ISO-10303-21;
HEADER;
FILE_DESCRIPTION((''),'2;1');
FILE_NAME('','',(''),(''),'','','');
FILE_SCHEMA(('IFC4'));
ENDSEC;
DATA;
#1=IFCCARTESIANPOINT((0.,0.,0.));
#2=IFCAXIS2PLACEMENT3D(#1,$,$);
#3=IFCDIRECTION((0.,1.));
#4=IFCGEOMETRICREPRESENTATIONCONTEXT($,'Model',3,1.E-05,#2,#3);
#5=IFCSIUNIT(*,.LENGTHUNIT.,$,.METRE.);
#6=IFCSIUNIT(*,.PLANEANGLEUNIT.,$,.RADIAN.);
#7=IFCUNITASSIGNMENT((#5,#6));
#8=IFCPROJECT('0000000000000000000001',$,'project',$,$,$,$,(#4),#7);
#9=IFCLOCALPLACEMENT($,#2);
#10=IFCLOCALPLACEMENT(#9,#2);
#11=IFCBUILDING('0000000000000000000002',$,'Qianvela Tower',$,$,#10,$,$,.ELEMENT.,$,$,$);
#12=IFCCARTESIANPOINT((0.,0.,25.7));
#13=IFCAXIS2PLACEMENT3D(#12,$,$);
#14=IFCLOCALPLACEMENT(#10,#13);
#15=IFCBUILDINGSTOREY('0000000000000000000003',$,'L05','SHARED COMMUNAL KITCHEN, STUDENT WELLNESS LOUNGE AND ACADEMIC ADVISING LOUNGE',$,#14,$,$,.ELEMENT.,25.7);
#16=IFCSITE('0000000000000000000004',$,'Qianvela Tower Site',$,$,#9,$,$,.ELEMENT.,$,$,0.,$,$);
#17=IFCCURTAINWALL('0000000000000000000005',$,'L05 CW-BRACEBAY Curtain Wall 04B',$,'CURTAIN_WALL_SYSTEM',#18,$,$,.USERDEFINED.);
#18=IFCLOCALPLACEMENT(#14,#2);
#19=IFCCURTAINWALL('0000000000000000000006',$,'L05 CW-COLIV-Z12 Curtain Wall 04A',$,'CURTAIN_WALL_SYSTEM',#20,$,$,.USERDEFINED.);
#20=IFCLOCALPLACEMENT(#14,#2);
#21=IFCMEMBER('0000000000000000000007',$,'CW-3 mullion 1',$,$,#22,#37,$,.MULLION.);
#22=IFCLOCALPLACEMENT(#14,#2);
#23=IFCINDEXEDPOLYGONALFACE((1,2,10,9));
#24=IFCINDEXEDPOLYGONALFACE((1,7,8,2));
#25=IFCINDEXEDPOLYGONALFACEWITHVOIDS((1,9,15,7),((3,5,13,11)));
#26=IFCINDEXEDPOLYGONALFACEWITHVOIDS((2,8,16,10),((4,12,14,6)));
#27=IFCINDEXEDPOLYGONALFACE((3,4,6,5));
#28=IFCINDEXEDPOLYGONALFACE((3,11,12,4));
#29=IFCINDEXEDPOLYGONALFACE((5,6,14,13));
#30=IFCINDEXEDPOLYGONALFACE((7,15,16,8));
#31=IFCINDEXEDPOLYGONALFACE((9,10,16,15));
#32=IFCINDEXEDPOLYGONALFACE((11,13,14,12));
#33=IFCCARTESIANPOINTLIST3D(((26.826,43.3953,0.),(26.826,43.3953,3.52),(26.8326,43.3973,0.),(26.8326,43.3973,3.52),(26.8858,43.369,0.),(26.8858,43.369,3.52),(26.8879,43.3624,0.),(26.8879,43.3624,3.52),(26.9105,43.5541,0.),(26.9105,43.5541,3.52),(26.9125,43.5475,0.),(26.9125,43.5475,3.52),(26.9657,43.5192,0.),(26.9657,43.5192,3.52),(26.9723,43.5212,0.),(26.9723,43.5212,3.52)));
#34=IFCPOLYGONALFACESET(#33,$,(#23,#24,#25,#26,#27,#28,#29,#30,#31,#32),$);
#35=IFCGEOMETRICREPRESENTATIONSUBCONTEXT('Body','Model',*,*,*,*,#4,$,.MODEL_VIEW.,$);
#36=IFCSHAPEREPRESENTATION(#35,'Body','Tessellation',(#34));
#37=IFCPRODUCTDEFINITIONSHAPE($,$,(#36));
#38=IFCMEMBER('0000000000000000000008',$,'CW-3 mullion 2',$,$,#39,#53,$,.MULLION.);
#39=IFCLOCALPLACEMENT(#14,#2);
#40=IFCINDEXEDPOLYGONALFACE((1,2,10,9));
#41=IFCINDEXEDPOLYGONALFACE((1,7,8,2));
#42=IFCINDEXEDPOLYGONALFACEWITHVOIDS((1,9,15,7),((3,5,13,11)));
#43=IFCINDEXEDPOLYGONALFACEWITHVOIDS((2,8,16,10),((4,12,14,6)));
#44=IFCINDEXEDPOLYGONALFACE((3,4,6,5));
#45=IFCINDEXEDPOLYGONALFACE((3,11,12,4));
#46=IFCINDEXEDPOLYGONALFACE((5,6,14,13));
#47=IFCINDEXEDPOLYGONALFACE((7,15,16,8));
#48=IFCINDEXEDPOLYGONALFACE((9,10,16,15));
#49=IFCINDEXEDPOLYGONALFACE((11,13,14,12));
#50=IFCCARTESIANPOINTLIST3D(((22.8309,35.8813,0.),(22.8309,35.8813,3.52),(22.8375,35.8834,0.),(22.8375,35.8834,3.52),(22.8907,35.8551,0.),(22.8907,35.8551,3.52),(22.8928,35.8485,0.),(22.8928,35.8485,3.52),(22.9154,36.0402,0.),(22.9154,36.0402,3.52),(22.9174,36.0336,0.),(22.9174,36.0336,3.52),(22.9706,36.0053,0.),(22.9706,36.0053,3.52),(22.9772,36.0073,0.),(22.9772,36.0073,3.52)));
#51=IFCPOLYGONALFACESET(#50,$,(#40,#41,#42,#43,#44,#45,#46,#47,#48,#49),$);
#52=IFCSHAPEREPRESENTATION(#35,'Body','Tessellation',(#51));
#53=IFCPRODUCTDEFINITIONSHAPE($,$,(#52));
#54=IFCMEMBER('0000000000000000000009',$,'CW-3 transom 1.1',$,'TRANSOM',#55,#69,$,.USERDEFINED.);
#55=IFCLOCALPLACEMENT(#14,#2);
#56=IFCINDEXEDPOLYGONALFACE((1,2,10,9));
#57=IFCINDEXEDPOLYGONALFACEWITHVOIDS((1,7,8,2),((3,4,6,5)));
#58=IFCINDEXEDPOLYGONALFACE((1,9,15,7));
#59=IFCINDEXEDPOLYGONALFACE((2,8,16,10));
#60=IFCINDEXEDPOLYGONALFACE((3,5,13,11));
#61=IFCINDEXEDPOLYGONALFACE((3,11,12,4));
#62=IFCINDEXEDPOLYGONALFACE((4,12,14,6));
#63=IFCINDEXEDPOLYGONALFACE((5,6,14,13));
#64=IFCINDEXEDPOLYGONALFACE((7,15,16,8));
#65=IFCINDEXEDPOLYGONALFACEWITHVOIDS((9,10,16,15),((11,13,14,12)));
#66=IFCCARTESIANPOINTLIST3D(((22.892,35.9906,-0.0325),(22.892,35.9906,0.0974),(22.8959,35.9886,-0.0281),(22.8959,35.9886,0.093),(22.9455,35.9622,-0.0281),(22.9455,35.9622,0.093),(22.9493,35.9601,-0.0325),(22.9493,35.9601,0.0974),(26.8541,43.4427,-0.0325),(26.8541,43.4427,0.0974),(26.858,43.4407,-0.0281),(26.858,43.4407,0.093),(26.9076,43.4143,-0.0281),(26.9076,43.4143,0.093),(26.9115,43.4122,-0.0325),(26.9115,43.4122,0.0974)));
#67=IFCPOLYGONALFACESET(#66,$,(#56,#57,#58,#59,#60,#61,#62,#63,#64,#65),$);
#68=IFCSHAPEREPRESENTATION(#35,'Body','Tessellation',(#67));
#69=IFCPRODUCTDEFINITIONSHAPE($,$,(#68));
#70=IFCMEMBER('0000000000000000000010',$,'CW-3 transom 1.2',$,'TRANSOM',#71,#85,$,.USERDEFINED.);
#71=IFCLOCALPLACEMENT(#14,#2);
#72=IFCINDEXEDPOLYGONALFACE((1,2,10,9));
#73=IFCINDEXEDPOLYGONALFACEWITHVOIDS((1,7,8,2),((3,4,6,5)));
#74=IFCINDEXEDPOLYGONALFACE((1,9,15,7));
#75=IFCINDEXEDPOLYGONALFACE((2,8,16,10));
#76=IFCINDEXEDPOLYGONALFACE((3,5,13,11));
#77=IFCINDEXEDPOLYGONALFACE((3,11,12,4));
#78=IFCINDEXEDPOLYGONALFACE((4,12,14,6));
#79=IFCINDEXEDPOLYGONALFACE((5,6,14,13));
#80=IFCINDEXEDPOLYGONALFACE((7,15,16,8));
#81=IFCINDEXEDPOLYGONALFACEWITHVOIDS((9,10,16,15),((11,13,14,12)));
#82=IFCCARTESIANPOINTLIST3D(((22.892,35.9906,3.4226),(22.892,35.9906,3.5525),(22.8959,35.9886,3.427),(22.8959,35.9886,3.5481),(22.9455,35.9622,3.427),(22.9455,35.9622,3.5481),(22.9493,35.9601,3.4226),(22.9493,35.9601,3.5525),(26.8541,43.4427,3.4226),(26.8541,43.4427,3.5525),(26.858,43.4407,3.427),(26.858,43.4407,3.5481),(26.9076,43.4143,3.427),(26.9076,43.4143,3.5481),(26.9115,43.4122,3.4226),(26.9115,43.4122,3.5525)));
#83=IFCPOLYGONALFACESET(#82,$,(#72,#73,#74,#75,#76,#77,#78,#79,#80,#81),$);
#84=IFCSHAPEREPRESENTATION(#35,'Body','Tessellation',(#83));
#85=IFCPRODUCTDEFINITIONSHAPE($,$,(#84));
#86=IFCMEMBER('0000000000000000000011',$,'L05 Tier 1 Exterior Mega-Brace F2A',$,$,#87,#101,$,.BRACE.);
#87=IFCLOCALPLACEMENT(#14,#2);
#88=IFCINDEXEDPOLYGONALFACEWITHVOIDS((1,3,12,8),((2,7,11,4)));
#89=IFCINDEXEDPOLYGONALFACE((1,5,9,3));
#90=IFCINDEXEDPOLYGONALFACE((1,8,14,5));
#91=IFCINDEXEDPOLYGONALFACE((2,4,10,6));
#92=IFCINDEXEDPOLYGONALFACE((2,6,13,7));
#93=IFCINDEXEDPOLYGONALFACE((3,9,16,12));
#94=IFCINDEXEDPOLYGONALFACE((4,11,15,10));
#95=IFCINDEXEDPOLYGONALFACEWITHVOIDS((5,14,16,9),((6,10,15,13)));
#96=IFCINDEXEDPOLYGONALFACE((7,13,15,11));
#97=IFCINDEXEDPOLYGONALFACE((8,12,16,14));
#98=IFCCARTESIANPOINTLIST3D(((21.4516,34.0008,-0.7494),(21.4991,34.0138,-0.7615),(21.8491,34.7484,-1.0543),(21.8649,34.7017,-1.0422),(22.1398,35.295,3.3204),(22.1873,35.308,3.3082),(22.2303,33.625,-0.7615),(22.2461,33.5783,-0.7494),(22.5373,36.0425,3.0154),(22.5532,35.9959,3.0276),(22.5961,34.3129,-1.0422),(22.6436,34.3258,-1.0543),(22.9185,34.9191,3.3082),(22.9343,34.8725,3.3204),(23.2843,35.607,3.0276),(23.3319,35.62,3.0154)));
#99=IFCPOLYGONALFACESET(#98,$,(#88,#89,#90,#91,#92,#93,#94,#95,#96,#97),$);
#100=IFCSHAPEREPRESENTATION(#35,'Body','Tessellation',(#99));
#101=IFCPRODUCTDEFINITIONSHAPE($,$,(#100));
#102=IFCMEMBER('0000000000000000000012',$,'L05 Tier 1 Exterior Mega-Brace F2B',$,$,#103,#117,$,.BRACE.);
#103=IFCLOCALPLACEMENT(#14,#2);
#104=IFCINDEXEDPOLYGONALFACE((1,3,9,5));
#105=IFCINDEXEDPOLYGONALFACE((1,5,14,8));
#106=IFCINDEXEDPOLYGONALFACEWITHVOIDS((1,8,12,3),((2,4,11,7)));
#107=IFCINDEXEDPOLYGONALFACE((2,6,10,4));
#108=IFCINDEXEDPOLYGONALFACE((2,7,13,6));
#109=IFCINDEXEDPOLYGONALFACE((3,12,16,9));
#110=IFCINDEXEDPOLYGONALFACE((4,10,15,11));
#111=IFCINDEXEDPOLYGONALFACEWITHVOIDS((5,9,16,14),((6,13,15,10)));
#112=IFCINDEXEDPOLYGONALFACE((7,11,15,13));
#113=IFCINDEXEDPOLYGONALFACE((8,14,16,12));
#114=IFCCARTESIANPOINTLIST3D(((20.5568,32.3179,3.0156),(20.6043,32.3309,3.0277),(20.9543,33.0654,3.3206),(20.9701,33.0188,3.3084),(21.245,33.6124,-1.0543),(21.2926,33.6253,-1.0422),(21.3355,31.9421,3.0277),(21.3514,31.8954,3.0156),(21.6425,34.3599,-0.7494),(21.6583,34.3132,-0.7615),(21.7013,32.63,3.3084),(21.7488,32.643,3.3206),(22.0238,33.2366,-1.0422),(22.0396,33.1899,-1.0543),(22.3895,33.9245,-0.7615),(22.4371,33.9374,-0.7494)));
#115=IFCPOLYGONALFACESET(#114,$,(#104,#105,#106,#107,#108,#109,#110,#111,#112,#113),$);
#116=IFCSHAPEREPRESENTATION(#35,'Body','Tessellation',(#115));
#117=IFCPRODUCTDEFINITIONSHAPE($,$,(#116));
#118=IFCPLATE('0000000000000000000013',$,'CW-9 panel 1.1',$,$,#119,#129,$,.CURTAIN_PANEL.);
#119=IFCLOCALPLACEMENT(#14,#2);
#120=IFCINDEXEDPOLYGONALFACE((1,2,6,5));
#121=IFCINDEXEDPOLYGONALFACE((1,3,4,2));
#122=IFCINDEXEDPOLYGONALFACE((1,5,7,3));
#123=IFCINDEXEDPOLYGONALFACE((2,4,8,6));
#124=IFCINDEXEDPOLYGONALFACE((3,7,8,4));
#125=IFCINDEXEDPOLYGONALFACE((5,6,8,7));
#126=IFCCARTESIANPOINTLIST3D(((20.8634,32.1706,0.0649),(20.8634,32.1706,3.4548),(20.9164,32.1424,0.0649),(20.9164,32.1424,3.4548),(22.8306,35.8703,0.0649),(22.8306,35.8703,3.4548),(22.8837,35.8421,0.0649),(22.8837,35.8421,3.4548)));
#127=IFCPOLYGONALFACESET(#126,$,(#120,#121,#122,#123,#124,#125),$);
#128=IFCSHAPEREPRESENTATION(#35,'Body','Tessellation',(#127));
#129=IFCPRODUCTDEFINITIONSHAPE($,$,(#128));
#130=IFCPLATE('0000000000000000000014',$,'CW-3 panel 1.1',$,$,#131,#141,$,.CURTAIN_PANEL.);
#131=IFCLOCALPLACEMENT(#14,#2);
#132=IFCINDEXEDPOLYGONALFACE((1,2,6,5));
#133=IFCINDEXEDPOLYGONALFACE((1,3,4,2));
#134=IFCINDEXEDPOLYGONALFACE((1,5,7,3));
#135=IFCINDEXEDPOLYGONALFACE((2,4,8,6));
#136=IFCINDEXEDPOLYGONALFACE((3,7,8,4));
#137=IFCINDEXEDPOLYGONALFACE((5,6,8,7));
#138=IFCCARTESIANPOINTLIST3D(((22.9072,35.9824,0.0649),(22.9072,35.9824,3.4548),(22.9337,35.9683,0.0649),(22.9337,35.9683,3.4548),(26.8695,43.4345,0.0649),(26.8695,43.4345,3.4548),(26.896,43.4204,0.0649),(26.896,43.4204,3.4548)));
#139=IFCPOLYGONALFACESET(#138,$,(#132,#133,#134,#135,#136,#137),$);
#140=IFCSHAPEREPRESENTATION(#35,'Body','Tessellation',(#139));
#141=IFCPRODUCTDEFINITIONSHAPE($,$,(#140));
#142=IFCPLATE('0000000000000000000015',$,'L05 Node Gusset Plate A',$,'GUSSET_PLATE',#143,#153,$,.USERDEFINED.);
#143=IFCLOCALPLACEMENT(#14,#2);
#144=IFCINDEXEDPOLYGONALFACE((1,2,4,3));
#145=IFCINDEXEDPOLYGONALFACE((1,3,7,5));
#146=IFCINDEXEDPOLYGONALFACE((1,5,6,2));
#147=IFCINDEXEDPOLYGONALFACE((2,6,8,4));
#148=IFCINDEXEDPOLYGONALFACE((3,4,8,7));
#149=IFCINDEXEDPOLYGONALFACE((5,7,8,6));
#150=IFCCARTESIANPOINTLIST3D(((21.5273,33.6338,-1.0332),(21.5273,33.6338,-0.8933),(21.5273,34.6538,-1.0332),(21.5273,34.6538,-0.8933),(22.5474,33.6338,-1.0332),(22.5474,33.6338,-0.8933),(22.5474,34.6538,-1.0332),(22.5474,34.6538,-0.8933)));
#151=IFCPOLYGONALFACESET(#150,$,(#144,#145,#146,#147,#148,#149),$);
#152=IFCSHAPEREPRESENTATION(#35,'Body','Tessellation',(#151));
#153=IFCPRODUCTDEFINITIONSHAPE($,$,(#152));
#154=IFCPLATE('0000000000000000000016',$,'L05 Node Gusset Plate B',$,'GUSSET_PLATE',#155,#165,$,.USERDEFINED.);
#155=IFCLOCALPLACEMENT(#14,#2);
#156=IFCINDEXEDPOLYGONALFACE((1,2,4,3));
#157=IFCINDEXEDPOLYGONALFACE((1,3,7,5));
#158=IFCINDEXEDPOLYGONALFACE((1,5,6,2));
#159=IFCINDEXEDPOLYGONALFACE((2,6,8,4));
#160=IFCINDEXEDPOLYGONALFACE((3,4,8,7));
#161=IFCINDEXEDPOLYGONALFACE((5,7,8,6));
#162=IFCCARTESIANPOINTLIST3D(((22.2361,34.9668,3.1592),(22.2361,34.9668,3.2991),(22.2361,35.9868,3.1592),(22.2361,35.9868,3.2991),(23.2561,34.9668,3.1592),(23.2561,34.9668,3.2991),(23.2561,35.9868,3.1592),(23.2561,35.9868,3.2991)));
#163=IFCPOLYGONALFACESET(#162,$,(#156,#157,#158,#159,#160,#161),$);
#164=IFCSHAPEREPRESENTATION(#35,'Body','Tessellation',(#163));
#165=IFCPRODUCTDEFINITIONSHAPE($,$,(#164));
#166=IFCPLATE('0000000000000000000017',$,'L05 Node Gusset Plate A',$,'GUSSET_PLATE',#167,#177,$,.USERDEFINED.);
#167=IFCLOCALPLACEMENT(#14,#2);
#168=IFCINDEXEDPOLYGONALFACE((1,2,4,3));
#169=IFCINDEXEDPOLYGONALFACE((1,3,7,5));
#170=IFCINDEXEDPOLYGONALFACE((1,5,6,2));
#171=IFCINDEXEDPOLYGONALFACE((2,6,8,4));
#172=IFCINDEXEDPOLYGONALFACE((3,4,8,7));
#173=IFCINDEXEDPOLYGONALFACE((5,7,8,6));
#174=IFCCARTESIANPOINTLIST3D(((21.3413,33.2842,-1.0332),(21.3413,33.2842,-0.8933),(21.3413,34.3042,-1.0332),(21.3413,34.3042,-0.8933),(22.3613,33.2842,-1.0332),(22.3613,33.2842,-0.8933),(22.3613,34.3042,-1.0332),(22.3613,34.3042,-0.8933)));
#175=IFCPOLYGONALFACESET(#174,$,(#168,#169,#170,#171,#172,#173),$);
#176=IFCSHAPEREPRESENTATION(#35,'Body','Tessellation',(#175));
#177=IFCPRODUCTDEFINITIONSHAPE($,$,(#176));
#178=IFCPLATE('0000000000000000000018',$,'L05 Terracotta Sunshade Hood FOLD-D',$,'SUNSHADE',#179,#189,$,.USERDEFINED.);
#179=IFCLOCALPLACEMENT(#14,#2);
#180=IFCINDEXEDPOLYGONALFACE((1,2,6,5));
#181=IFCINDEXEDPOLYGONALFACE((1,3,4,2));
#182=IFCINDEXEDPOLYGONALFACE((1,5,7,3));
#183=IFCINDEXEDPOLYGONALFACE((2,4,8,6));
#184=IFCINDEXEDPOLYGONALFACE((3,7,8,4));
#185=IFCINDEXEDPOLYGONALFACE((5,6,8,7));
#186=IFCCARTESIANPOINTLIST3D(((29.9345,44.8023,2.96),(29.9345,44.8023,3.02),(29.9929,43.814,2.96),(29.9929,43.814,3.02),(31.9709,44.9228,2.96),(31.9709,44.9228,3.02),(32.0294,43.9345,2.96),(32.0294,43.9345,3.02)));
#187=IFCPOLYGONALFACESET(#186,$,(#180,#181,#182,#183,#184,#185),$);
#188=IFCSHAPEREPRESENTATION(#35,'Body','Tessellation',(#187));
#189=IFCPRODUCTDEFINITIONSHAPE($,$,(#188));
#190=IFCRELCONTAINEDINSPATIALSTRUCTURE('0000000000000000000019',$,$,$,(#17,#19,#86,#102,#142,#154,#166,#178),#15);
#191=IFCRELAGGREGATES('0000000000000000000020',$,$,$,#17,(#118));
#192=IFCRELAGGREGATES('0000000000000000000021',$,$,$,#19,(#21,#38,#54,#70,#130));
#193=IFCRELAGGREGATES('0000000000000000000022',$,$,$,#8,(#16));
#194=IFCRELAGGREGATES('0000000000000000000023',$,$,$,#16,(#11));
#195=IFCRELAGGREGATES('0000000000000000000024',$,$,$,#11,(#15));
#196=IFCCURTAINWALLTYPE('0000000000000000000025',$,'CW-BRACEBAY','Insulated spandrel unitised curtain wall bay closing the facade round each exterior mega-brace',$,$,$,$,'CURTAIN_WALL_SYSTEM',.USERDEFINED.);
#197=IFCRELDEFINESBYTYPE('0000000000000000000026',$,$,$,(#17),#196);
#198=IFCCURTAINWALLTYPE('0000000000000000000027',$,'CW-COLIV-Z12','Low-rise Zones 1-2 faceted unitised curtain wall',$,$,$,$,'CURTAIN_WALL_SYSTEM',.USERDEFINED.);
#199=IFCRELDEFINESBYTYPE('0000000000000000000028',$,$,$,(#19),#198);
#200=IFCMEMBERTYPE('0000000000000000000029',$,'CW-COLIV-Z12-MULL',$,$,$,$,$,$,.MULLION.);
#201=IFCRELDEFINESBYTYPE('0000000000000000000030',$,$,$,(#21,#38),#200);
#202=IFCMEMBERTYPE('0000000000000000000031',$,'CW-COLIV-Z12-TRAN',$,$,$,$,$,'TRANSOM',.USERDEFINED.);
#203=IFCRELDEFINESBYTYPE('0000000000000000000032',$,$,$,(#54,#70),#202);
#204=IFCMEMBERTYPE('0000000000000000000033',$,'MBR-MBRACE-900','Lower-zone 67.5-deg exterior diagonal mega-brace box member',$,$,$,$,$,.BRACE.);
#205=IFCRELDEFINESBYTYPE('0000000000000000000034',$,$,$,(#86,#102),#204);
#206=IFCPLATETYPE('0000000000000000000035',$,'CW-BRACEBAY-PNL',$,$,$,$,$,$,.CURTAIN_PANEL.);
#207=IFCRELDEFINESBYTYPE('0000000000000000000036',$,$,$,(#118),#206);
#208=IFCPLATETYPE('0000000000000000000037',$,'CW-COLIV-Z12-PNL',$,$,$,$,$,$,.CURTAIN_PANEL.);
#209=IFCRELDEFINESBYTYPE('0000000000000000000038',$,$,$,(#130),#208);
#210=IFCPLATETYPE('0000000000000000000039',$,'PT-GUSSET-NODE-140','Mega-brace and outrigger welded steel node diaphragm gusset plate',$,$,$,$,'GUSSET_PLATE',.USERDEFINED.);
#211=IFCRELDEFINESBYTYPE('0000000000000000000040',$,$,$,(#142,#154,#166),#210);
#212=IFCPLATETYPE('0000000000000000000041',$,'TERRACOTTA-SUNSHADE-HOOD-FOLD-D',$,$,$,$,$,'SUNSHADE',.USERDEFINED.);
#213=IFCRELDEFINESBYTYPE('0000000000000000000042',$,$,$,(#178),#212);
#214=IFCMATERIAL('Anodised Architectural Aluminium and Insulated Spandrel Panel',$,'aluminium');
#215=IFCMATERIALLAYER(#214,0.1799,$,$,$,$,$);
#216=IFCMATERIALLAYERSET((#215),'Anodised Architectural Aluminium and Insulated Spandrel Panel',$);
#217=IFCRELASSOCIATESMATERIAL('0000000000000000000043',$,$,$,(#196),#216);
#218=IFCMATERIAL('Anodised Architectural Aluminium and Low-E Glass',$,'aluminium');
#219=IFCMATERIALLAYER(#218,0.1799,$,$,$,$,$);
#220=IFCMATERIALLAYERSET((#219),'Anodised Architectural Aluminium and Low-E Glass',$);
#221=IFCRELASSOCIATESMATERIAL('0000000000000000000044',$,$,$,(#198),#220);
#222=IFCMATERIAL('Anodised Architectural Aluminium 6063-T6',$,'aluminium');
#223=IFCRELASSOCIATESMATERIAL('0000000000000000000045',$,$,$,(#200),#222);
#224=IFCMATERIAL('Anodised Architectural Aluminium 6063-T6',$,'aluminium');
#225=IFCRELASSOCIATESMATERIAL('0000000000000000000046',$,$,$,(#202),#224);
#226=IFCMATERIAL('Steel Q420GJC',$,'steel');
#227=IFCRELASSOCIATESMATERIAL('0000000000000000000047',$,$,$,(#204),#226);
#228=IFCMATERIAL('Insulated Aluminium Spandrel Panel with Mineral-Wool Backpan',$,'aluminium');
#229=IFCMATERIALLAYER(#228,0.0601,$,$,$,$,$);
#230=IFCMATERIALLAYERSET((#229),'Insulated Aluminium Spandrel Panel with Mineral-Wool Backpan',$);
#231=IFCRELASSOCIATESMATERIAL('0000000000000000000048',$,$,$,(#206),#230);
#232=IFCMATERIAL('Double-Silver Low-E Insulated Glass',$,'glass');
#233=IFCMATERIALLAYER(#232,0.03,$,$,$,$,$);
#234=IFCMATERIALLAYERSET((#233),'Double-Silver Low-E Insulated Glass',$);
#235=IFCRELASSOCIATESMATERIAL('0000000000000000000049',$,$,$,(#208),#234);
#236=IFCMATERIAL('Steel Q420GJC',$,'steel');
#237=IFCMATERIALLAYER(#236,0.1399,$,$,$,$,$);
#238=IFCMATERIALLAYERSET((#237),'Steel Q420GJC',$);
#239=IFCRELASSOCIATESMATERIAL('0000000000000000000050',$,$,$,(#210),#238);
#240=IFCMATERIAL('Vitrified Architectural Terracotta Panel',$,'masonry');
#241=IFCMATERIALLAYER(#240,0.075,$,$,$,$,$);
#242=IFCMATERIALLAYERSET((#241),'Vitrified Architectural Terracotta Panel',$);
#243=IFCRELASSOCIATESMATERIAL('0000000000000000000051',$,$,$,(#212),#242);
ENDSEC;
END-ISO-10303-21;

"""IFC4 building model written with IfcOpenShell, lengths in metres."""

from ifc_helpers import new_model, si_unit, direction, frame, origin, origin_2d, place, context, subcontext, project, spatial, rectangle, hollow_rectangle, extrude, material, layer, layer_set, material_profile, profile_set, type_object, element, aggregate, save


model = new_model("IFC4")

# Units and contexts
model_context = context("Model", 3, precision=1e-05, world=origin(), true_north=direction((0.0, 1.0)))
body_context = subcontext(model_context, "Body", "Model", "MODEL_VIEW")
ifc_project = project(units=[si_unit("LENGTHUNIT", "METRE"), si_unit("PLANEANGLEUNIT", "RADIAN")], contexts=[model_context])

# Site, building, storey
site_placement = place(None, origin())
site = spatial("IfcSite", under=ifc_project, at=site_placement, Name="Qianvela Tower Site", CompositionType="ELEMENT", RefElevation=0.0)
building_placement = place(site_placement, origin())
building = spatial("IfcBuilding", under=site, at=building_placement, Name="Qianvela Tower", CompositionType="ELEMENT")
storey_placement = place(building_placement, frame((0.0, 0.0, 25.7)))
storey = spatial("IfcBuildingStorey", under=building, at=storey_placement, Name="L05", Description="SHARED COMMUNAL KITCHEN, STUDENT WELLNESS LOUNGE AND ACADEMIC ADVISING LOUNGE", CompositionType="ELEMENT", Elevation=25.7)

# Curtain walls, members
ifc_material_1 = material(Name="Anodised Architectural Aluminium and Insulated Spandrel Panel", Category="aluminium")
ifc_layer_1 = layer(ifc_material_1, 0.1799)
ifc_layer_set_1 = layer_set([ifc_layer_1], Name="Anodised Architectural Aluminium and Insulated Spandrel Panel")
curtain_wall_type_1 = type_object("IfcCurtainWallType", Name="CW-BRACEBAY", Description="Insulated spandrel unitised curtain wall bay closing the facade round each exterior mega-brace", ElementType="CURTAIN_WALL_SYSTEM", PredefinedType="USERDEFINED", material=ifc_layer_set_1)
curtain_wall_1_placement = place(storey_placement, origin())
curtain_wall_1 = element("IfcCurtainWall", 1, at=curtain_wall_1_placement, inside=storey, type_object=curtain_wall_type_1, Name="L05 CW-BRACEBAY Curtain Wall 04B", ObjectType="CURTAIN_WALL_SYSTEM", PredefinedType="USERDEFINED")
ifc_material_2 = material(Name="Anodised Architectural Aluminium and Low-E Glass", Category="aluminium")
ifc_layer_2 = layer(ifc_material_2, 0.1799)
ifc_layer_set_2 = layer_set([ifc_layer_2], Name="Anodised Architectural Aluminium and Low-E Glass")
curtain_wall_type_2 = type_object("IfcCurtainWallType", Name="CW-COLIV-Z12", Description="Low-rise Zones 1-2 faceted unitised curtain wall", ElementType="CURTAIN_WALL_SYSTEM", PredefinedType="USERDEFINED", material=ifc_layer_set_2)
curtain_wall_2_placement = place(storey_placement, origin())
curtain_wall_2 = element("IfcCurtainWall", 2, at=curtain_wall_2_placement, inside=storey, type_object=curtain_wall_type_2, Name="L05 CW-COLIV-Z12 Curtain Wall 04A", ObjectType="CURTAIN_WALL_SYSTEM", PredefinedType="USERDEFINED")
ifc_material_3 = material(Name="Anodised Architectural Aluminium 6063-T6", Category="aluminium")
ifc_material_profile_1 = material_profile(ifc_material_3, hollow_rectangle(XDim=0.0701, YDim=0.1799, WallThickness=0.0049, at=origin_2d()), Name="ALU-MULL-70x180")
ifc_profile_set_1 = profile_set([ifc_material_profile_1], Name="Anodised Architectural Aluminium 6063-T6")
member_type_1 = type_object("IfcMemberType", Name="CW-COLIV-Z12-MULL", PredefinedType="MULLION", material=ifc_profile_set_1)
member_1_placement = place(storey_placement, frame((26.8992, 43.4583, 0.0), z_axis=(0.0, 0.0, 1.0), x_axis=(0.882951, -0.469465, 0.0)))
member_1 = element("IfcMember", 3, at=member_1_placement, type_object=member_type_1, Name="CW-3 mullion 1", PredefinedType="MULLION", context=body_context, shape_type="SweptSolid", body=[
    extrude(hollow_rectangle(XDim=0.0701, YDim=0.1799, WallThickness=0.0049, at=origin_2d()), origin(), (0.0, 0.0, 1.0), 3.52),
])
member_2_placement = place(storey_placement, frame((22.9041, 35.9443, 0.0), z_axis=(0.0, 0.0, 1.0), x_axis=(0.882951, -0.469465, 0.0)))
member_2 = element("IfcMember", 4, at=member_2_placement, type_object=member_type_1, Name="CW-3 mullion 2", PredefinedType="MULLION", context=body_context, shape_type="SweptSolid", body=[
    extrude(hollow_rectangle(XDim=0.0701, YDim=0.1799, WallThickness=0.0049, at=origin_2d()), origin(), (0.0, 0.0, 1.0), 3.52),
])
ifc_material_4 = material(Name="Anodised Architectural Aluminium 6063-T6", Category="aluminium")
ifc_material_profile_2 = material_profile(ifc_material_4, hollow_rectangle(XDim=0.0649, YDim=0.1299, WallThickness=0.0044, at=origin_2d()), Name="ALU-TRAN-65x130")
ifc_profile_set_2 = profile_set([ifc_material_profile_2], Name="Anodised Architectural Aluminium 6063-T6")
member_type_2 = type_object("IfcMemberType", Name="CW-COLIV-Z12-TRAN", ElementType="TRANSOM", PredefinedType="USERDEFINED", material=ifc_profile_set_2)
member_3_placement = place(storey_placement, frame((26.8828, 43.4275, 0.0325), z_axis=(-0.469451, -0.882958, 0.0), x_axis=(0.882958, -0.469451, 0.0)))
member_3 = element("IfcMember", 5, at=member_3_placement, type_object=member_type_2, Name="CW-3 transom 1.1", ObjectType="TRANSOM", PredefinedType="USERDEFINED", context=body_context, shape_type="SweptSolid", body=[
    extrude(hollow_rectangle(XDim=0.0649, YDim=0.1299, WallThickness=0.0044, at=origin_2d()), origin(), (0.0, 0.0, 1.0), 8.4399),
])
member_4_placement = place(storey_placement, frame((26.8828, 43.4275, 3.4875), z_axis=(-0.469451, -0.882958, 0.0), x_axis=(0.882958, -0.469451, 0.0)))
member_4 = element("IfcMember", 6, at=member_4_placement, type_object=member_type_2, Name="CW-3 transom 1.2", ObjectType="TRANSOM", PredefinedType="USERDEFINED", context=body_context, shape_type="SweptSolid", body=[
    extrude(hollow_rectangle(XDim=0.0649, YDim=0.1299, WallThickness=0.0044, at=origin_2d()), origin(), (0.0, 0.0, 1.0), 8.4399),
])

# Members
ifc_material_5 = material(Name="Steel Q420GJC", Category="steel")
ifc_material_profile_3 = material_profile(ifc_material_5, hollow_rectangle(XDim=0.8999, YDim=0.8999, WallThickness=0.0359, at=origin_2d()), Name="MBOX-900x900x36")
ifc_profile_set_3 = profile_set([ifc_material_profile_3], Name="Steel Q420GJC")
member_type_3 = type_object("IfcMemberType", Name="MBR-MBRACE-900", Description="Lower-zone 67.5-deg exterior diagonal mega-brace box member", PredefinedType="BRACE", material=ifc_profile_set_3)
member_5_placement = place(storey_placement, frame((22.0476, 34.1633, -0.9019), z_axis=(0.159102, 0.299183, 0.940838), x_axis=(-0.882919, 0.469525, 0.0)))
element("IfcMember", 7, at=member_5_placement, inside=storey, type_object=member_type_3, Name="L05 Tier 1 Exterior Mega-Brace F2A", PredefinedType="BRACE", context=body_context, shape_type="SweptSolid", body=[
    extrude(hollow_rectangle(XDim=0.8999, YDim=0.8999, WallThickness=0.0359, at=origin_2d()), origin(), (0.0, 0.0, 1.0), 4.3257),
])
member_6_placement = place(storey_placement, frame((21.8411, 33.7749, -0.9019), z_axis=(-0.159099, -0.299234, 0.940822), x_axis=(0.882956, -0.469456, 0.0)))
element("IfcMember", 8, at=member_6_placement, inside=storey, type_object=member_type_3, Name="L05 Tier 1 Exterior Mega-Brace F2B", PredefinedType="BRACE", context=body_context, shape_type="SweptSolid", body=[
    extrude(hollow_rectangle(XDim=0.8999, YDim=0.8999, WallThickness=0.0359, at=origin_2d()), origin(), (0.0, 0.0, 1.0), 4.3259),
])

# Plates
ifc_material_6 = material(Name="Insulated Aluminium Spandrel Panel with Mineral-Wool Backpan", Category="aluminium")
ifc_layer_3 = layer(ifc_material_6, 0.0601)
ifc_layer_set_3 = layer_set([ifc_layer_3], Name="Insulated Aluminium Spandrel Panel with Mineral-Wool Backpan")
plate_type_1 = type_object("IfcPlateType", Name="CW-BRACEBAY-PNL", PredefinedType="CURTAIN_PANEL", material=ifc_layer_set_3)
plate_1_placement = place(storey_placement, frame((21.8735, 34.0063, 0.0649), z_axis=(0.0, 0.0, 1.0), x_axis=(-0.46948, -0.882943, 0.0)))
plate_1 = element("IfcPlate", 9, at=plate_1_placement, type_object=plate_type_1, Name="CW-9 panel 1.1", PredefinedType="CURTAIN_PANEL", context=body_context, shape_type="SweptSolid", body=[
    extrude(rectangle(XDim=4.1902, YDim=0.0601, at=origin_2d()), origin(), (0.0, 0.0, 1.0), 3.3899),
])
aggregate(curtain_wall_1, [plate_1])
ifc_material_7 = material(Name="Double-Silver Low-E Insulated Glass", Category="glass")
ifc_layer_4 = layer(ifc_material_7, 0.03)
ifc_layer_set_4 = layer_set([ifc_layer_4], Name="Double-Silver Low-E Insulated Glass")
plate_type_2 = type_object("IfcPlateType", Name="CW-COLIV-Z12-PNL", PredefinedType="CURTAIN_PANEL", material=ifc_layer_set_4)
plate_2_placement = place(storey_placement, frame((24.9016, 39.7014, 0.0649), z_axis=(0.0, 0.0, 1.0), x_axis=(-0.469465, -0.882951, 0.0)))
plate_2 = element("IfcPlate", 10, at=plate_2_placement, type_object=plate_type_2, Name="CW-3 panel 1.1", PredefinedType="CURTAIN_PANEL", context=body_context, shape_type="SweptSolid", body=[
    extrude(rectangle(XDim=8.4399, YDim=0.03, at=origin_2d()), origin(), (0.0, 0.0, 1.0), 3.3899),
])
aggregate(curtain_wall_2, [member_1, member_2, member_3, member_4, plate_2])

# Plates
ifc_material_8 = material(Name="Steel Q420GJC", Category="steel")
ifc_layer_5 = layer(ifc_material_8, 0.1399)
ifc_layer_set_5 = layer_set([ifc_layer_5], Name="Steel Q420GJC")
plate_type_3 = type_object("IfcPlateType", Name="PT-GUSSET-NODE-140", Description="Mega-brace and outrigger welded steel node diaphragm gusset plate", ElementType="GUSSET_PLATE", PredefinedType="USERDEFINED", material=ifc_layer_set_5)
for number, where, z_axis, x_axis, name in (
    (11, (22.0374, 34.1438, -1.0332), (0.0, 0.0, 1.0), (1.0, 0.0, 0.0), "L05 Node Gusset Plate A"),
    (12, (22.7461, 35.4768, 3.1592), (0.0, 0.0, 1.0), (1.0, 0.0, 0.0), "L05 Node Gusset Plate B"),
    (13, (21.8513, 33.7942, -1.0332), (0.0, 0.0, 1.0), (1.0, 0.0, 0.0), "L05 Node Gusset Plate A"),
):
    element("IfcPlate", number, at=place(storey_placement, frame(where, z_axis=z_axis, x_axis=x_axis)), inside=storey, type_object=plate_type_3, Name=name, ObjectType="GUSSET_PLATE", PredefinedType="USERDEFINED", context=body_context, shape_type="SweptSolid", body=[
        extrude(rectangle(XDim=1.02, YDim=1.02, at=origin_2d()), origin(), (0.0, 0.0, 1.0), 0.1399),
    ])
ifc_material_9 = material(Name="Vitrified Architectural Terracotta Panel", Category="masonry")
ifc_layer_6 = layer(ifc_material_9, 0.075)
ifc_layer_set_6 = layer_set([ifc_layer_6], Name="Vitrified Architectural Terracotta Panel")
plate_type_4 = type_object("IfcPlateType", Name="TERRACOTTA-SUNSHADE-HOOD-FOLD-D", ElementType="SUNSHADE", PredefinedType="USERDEFINED", material=ifc_layer_set_6)
plate_3_placement = place(storey_placement, frame((30.9819, 44.3684, 2.96), z_axis=(0.0, 0.0, 1.0), x_axis=(-0.998254, -0.059061, 0.0)))
element("IfcPlate", 14, at=plate_3_placement, inside=storey, type_object=plate_type_4, Name="L05 Terracotta Sunshade Hood FOLD-D", ObjectType="SUNSHADE", PredefinedType="USERDEFINED", context=body_context, shape_type="SweptSolid", body=[
    extrude(rectangle(XDim=2.04, YDim=0.99, at=origin_2d()), origin(), (0.0, 0.0, 1.0), 0.0601),
])

save(model, "model.ifc")
